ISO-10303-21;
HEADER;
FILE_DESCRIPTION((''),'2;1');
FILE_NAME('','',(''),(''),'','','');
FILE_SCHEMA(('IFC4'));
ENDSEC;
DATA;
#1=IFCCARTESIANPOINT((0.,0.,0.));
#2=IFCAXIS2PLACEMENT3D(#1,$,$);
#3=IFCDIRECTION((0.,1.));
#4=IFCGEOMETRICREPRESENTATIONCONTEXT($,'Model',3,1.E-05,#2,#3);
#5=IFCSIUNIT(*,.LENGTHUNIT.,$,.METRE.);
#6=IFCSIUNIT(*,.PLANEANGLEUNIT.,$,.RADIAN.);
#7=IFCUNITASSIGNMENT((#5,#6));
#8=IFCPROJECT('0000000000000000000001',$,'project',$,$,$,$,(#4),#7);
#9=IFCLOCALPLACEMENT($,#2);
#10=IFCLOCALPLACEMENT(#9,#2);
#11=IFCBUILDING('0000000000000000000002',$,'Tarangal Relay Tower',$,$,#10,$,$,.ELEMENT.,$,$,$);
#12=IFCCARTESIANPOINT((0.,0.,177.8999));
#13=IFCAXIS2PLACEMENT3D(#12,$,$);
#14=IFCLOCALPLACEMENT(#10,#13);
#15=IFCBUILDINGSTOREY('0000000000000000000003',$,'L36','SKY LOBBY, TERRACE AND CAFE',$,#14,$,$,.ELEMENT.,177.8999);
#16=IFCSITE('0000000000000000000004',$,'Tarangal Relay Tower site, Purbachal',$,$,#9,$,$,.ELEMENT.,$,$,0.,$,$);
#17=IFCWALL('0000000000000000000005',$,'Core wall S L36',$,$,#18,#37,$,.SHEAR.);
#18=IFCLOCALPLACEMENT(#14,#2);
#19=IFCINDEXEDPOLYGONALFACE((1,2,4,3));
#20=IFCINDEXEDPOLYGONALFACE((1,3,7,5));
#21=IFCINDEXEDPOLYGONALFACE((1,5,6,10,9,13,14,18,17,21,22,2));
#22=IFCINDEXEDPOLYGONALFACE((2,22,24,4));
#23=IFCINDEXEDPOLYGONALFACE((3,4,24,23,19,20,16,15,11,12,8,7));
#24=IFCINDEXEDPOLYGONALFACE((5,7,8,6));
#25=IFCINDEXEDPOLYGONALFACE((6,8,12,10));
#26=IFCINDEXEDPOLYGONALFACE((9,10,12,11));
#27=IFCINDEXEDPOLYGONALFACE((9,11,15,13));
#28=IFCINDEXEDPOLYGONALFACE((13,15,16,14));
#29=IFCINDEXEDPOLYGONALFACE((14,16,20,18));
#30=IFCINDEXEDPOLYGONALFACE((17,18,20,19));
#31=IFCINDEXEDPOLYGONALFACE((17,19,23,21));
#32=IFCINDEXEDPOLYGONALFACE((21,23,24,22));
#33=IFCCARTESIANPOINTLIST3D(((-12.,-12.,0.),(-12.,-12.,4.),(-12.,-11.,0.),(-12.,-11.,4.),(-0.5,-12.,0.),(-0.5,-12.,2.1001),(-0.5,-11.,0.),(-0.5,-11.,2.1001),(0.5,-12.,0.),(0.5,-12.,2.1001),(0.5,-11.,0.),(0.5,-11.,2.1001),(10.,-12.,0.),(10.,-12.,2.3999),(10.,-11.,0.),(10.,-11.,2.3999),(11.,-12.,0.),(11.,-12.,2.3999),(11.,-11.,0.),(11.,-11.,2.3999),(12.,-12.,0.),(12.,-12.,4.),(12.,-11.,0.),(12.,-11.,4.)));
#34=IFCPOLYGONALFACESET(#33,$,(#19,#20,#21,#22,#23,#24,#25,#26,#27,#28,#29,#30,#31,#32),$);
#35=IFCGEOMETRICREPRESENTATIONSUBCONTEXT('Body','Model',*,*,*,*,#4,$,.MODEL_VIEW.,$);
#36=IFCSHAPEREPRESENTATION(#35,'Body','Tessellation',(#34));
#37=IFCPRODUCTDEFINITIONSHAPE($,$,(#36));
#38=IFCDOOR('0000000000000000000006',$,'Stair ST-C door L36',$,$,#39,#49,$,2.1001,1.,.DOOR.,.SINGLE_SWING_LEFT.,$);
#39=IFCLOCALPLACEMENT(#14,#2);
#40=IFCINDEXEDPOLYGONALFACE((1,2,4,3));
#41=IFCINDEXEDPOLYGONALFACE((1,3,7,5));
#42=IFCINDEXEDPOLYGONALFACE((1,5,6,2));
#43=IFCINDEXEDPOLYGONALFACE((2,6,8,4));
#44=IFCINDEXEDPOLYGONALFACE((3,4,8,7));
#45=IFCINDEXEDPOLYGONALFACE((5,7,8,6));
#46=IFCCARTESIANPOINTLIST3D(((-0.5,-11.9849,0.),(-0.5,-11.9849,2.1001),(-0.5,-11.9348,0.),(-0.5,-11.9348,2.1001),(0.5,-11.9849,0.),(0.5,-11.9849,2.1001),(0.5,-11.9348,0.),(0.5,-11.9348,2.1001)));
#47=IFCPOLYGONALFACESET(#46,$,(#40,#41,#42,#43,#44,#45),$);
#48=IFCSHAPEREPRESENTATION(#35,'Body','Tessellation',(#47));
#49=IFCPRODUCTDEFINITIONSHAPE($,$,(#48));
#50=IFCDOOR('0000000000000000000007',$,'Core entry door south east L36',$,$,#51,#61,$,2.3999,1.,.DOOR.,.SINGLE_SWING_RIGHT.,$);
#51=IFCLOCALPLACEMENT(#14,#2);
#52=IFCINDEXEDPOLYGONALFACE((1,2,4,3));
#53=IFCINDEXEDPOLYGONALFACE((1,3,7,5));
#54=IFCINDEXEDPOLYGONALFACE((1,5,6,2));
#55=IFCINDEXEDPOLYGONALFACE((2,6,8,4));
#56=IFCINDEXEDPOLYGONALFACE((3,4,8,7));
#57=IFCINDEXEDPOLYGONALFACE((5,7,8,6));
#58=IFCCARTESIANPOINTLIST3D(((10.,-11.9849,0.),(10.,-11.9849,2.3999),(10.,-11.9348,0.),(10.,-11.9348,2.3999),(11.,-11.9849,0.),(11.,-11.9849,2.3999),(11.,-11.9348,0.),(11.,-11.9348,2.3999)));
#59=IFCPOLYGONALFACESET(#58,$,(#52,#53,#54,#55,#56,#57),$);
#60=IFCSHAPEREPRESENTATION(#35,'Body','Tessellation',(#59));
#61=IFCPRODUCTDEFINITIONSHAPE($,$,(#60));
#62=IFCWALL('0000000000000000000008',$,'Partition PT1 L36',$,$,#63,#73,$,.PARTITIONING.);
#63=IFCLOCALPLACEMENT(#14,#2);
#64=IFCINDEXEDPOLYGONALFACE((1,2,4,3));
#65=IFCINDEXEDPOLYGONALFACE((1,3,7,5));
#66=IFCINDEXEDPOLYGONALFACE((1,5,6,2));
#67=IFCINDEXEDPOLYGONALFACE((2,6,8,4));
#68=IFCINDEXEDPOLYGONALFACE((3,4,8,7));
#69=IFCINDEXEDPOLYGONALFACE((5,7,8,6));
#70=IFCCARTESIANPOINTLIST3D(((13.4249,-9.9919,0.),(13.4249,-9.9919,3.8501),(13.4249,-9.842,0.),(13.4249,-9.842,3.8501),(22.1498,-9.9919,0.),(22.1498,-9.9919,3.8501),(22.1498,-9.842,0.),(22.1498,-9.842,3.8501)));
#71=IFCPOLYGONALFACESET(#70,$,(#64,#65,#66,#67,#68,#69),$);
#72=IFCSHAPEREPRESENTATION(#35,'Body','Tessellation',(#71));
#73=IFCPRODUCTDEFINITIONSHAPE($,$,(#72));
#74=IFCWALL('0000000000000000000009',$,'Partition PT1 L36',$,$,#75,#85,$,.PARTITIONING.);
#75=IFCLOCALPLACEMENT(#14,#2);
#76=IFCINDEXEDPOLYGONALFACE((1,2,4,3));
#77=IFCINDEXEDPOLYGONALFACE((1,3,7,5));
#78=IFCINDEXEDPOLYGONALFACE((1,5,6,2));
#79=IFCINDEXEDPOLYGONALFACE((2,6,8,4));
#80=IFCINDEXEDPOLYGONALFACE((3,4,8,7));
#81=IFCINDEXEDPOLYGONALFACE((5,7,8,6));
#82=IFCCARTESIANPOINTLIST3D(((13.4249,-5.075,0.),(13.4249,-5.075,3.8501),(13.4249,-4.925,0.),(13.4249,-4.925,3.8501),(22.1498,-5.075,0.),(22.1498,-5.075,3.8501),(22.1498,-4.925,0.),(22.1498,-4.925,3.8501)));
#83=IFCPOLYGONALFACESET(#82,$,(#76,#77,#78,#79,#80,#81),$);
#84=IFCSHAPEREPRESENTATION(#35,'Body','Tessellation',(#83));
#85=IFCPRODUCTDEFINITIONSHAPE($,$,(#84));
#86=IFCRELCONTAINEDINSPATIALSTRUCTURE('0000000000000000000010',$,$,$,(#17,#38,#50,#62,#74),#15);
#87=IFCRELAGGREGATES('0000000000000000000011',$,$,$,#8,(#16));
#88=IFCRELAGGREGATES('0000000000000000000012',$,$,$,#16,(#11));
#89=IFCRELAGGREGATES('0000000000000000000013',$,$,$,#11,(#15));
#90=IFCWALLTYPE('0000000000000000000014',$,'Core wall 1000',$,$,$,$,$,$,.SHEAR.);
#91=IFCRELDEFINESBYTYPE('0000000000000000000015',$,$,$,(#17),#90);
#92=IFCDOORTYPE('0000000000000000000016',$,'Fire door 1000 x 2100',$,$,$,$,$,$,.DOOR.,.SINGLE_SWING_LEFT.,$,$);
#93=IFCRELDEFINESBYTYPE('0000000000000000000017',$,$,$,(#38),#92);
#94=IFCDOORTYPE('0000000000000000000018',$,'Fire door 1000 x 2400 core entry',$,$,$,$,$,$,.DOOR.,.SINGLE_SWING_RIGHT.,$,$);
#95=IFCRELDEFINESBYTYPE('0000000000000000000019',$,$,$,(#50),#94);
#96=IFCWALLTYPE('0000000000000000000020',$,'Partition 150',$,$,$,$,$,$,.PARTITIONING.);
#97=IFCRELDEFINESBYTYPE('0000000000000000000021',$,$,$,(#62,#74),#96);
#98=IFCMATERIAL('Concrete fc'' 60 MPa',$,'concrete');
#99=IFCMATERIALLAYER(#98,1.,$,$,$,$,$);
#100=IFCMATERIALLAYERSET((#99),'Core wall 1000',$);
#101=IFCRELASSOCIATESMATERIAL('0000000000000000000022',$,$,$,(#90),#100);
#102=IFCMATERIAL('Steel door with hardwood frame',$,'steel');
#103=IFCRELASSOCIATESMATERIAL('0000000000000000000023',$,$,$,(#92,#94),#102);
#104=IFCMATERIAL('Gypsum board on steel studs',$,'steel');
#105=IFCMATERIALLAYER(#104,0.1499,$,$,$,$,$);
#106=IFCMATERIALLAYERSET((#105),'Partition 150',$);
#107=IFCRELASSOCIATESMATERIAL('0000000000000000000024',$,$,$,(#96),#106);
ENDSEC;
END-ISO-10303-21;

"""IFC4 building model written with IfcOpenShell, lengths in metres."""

from ifc_helpers import new_model, si_unit, direction, frame, frame_2d, origin, place, context, subcontext, project, spatial, rectangle, extrude, material, layer, layer_set, type_object, element, fill, save


model = new_model("IFC4")

# Units and contexts
model_context = context("Model", 3, precision=1e-05, world=origin(), true_north=direction((0.0, 1.0)))
body_context = subcontext(model_context, "Body", "Model", "MODEL_VIEW")
ifc_project = project(units=[si_unit("LENGTHUNIT", "METRE"), si_unit("PLANEANGLEUNIT", "RADIAN")], contexts=[model_context])

# Site, building, storey
site_placement = place(None, origin())
site = spatial("IfcSite", under=ifc_project, at=site_placement, Name="Tarangal Relay Tower site, Purbachal", CompositionType="ELEMENT", RefElevation=0.0)
building_placement = place(site_placement, origin())
building = spatial("IfcBuilding", under=site, at=building_placement, Name="Tarangal Relay Tower", CompositionType="ELEMENT")
storey_placement = place(building_placement, frame((0.0, 0.0, 177.8999)))
storey = spatial("IfcBuildingStorey", under=building, at=storey_placement, Name="L36", Description="SKY LOBBY, TERRACE AND CAFE", CompositionType="ELEMENT", Elevation=177.8999)

# Wall, openings, doors
ifc_material_1 = material(Name="Concrete fc' 60 MPa", Category="concrete")
ifc_layer_1 = layer(ifc_material_1, 1.0)
ifc_layer_set_1 = layer_set([ifc_layer_1], Name="Core wall 1000")
wall_type_1 = type_object("IfcWallType", Name="Core wall 1000", PredefinedType="SHEAR", material=ifc_layer_set_1)
wall_placement = place(storey_placement, frame((12.0, -11.5, 0.0), z_axis=(0.0, 0.0, 1.0), x_axis=(-1.0, 0.0, 0.0)))
wall = element("IfcWall", 1, at=wall_placement, inside=storey, type_object=wall_type_1, Name="Core wall S L36", PredefinedType="SHEAR", context=body_context, shape_type="SweptSolid", body=[
    extrude(rectangle(XDim=24.0, YDim=1.0, at=frame_2d((12.0, 0.0))), origin(), (0.0, 0.0, 1.0), 4.0),
])
opening_1_placement = place(wall_placement, frame((11.5, 0.0, 0.0)))
opening_1 = element("IfcOpeningElement", 2, at=opening_1_placement, cuts=wall, PredefinedType="OPENING", context=body_context, shape_type="SweptSolid", body=[
    extrude(rectangle(XDim=1.0, YDim=2.1001, at=frame_2d((0.5, 1.05))), frame((0.0, 0.51, 0.0), z_axis=(0.0, -1.0, 0.0), x_axis=(1.0, 0.0, 0.0)), (0.0, 0.0, 1.0), 1.02),
])
opening_2_placement = place(wall_placement, frame((1.0, 0.0, 0.0)))
opening_2 = element("IfcOpeningElement", 3, at=opening_2_placement, cuts=wall, PredefinedType="OPENING", context=body_context, shape_type="SweptSolid", body=[
    extrude(rectangle(XDim=1.0, YDim=2.3999, at=frame_2d((0.5, 1.2))), frame((0.0, 0.51, 0.0), z_axis=(0.0, -1.0, 0.0), x_axis=(1.0, 0.0, 0.0)), (0.0, 0.0, 1.0), 1.02),
])
ifc_material_2 = material(Name="Steel door with hardwood frame", Category="steel")
door_type_1 = type_object("IfcDoorType", Name="Fire door 1000 x 2100", OperationType="SINGLE_SWING_LEFT", PredefinedType="DOOR", material=ifc_material_2)
door_1_placement = place(opening_1_placement, origin())
door_1 = element("IfcDoor", 4, at=door_1_placement, inside=storey, type_object=door_type_1, Name="Stair ST-C door L36", OperationType="SINGLE_SWING_LEFT", OverallHeight=2.1001, OverallWidth=1.0, PredefinedType="DOOR", context=body_context, shape_type="SweptSolid", body=[
    extrude(rectangle(XDim=1.0, YDim=2.1001, at=frame_2d((0.5, 1.05))), frame((0.0, 0.4849, 0.0), z_axis=(0.0, -1.0, 0.0), x_axis=(1.0, 0.0, 0.0)), (0.0, 0.0, 1.0), 0.05),
])
fill(opening_1, door_1)
door_type_2 = type_object("IfcDoorType", Name="Fire door 1000 x 2400 core entry", OperationType="SINGLE_SWING_RIGHT", PredefinedType="DOOR", material=ifc_material_2)
door_2_placement = place(opening_2_placement, origin())
door_2 = element("IfcDoor", 5, at=door_2_placement, inside=storey, type_object=door_type_2, Name="Core entry door south east L36", OperationType="SINGLE_SWING_RIGHT", OverallHeight=2.3999, OverallWidth=1.0, PredefinedType="DOOR", context=body_context, shape_type="SweptSolid", body=[
    extrude(rectangle(XDim=1.0, YDim=2.3999, at=frame_2d((0.5, 1.2))), frame((0.0, 0.4849, 0.0), z_axis=(0.0, -1.0, 0.0), x_axis=(1.0, 0.0, 0.0)), (0.0, 0.0, 1.0), 0.05),
])
fill(opening_2, door_2)

# Walls
ifc_material_3 = material(Name="Gypsum board on steel studs", Category="steel")
ifc_layer_2 = layer(ifc_material_3, 0.1499)
ifc_layer_set_2 = layer_set([ifc_layer_2], Name="Partition 150")
wall_type_2 = type_object("IfcWallType", Name="Partition 150", PredefinedType="PARTITIONING", material=ifc_layer_set_2)
for number, where, z_axis, x_axis, name in (
    (6, (13.425, -9.917, 0.0), (0.0, 0.0, 1.0), (1.0, 0.0, 0.0), "Partition PT1 L36"),
    (7, (13.425, -5.0, 0.0), (0.0, 0.0, 1.0), (1.0, 0.0, 0.0), "Partition PT1 L36"),
):
    element("IfcWall", number, at=place(storey_placement, frame(where, z_axis=z_axis, x_axis=x_axis)), inside=storey, type_object=wall_type_2, Name=name, PredefinedType="PARTITIONING", context=body_context, shape_type="SweptSolid", body=[
        extrude(rectangle(XDim=8.7249, YDim=0.1499, at=frame_2d((4.3623, 0.0))), origin(), (0.0, 0.0, 1.0), 3.8501),
    ])

save(model, "model.ifc")
